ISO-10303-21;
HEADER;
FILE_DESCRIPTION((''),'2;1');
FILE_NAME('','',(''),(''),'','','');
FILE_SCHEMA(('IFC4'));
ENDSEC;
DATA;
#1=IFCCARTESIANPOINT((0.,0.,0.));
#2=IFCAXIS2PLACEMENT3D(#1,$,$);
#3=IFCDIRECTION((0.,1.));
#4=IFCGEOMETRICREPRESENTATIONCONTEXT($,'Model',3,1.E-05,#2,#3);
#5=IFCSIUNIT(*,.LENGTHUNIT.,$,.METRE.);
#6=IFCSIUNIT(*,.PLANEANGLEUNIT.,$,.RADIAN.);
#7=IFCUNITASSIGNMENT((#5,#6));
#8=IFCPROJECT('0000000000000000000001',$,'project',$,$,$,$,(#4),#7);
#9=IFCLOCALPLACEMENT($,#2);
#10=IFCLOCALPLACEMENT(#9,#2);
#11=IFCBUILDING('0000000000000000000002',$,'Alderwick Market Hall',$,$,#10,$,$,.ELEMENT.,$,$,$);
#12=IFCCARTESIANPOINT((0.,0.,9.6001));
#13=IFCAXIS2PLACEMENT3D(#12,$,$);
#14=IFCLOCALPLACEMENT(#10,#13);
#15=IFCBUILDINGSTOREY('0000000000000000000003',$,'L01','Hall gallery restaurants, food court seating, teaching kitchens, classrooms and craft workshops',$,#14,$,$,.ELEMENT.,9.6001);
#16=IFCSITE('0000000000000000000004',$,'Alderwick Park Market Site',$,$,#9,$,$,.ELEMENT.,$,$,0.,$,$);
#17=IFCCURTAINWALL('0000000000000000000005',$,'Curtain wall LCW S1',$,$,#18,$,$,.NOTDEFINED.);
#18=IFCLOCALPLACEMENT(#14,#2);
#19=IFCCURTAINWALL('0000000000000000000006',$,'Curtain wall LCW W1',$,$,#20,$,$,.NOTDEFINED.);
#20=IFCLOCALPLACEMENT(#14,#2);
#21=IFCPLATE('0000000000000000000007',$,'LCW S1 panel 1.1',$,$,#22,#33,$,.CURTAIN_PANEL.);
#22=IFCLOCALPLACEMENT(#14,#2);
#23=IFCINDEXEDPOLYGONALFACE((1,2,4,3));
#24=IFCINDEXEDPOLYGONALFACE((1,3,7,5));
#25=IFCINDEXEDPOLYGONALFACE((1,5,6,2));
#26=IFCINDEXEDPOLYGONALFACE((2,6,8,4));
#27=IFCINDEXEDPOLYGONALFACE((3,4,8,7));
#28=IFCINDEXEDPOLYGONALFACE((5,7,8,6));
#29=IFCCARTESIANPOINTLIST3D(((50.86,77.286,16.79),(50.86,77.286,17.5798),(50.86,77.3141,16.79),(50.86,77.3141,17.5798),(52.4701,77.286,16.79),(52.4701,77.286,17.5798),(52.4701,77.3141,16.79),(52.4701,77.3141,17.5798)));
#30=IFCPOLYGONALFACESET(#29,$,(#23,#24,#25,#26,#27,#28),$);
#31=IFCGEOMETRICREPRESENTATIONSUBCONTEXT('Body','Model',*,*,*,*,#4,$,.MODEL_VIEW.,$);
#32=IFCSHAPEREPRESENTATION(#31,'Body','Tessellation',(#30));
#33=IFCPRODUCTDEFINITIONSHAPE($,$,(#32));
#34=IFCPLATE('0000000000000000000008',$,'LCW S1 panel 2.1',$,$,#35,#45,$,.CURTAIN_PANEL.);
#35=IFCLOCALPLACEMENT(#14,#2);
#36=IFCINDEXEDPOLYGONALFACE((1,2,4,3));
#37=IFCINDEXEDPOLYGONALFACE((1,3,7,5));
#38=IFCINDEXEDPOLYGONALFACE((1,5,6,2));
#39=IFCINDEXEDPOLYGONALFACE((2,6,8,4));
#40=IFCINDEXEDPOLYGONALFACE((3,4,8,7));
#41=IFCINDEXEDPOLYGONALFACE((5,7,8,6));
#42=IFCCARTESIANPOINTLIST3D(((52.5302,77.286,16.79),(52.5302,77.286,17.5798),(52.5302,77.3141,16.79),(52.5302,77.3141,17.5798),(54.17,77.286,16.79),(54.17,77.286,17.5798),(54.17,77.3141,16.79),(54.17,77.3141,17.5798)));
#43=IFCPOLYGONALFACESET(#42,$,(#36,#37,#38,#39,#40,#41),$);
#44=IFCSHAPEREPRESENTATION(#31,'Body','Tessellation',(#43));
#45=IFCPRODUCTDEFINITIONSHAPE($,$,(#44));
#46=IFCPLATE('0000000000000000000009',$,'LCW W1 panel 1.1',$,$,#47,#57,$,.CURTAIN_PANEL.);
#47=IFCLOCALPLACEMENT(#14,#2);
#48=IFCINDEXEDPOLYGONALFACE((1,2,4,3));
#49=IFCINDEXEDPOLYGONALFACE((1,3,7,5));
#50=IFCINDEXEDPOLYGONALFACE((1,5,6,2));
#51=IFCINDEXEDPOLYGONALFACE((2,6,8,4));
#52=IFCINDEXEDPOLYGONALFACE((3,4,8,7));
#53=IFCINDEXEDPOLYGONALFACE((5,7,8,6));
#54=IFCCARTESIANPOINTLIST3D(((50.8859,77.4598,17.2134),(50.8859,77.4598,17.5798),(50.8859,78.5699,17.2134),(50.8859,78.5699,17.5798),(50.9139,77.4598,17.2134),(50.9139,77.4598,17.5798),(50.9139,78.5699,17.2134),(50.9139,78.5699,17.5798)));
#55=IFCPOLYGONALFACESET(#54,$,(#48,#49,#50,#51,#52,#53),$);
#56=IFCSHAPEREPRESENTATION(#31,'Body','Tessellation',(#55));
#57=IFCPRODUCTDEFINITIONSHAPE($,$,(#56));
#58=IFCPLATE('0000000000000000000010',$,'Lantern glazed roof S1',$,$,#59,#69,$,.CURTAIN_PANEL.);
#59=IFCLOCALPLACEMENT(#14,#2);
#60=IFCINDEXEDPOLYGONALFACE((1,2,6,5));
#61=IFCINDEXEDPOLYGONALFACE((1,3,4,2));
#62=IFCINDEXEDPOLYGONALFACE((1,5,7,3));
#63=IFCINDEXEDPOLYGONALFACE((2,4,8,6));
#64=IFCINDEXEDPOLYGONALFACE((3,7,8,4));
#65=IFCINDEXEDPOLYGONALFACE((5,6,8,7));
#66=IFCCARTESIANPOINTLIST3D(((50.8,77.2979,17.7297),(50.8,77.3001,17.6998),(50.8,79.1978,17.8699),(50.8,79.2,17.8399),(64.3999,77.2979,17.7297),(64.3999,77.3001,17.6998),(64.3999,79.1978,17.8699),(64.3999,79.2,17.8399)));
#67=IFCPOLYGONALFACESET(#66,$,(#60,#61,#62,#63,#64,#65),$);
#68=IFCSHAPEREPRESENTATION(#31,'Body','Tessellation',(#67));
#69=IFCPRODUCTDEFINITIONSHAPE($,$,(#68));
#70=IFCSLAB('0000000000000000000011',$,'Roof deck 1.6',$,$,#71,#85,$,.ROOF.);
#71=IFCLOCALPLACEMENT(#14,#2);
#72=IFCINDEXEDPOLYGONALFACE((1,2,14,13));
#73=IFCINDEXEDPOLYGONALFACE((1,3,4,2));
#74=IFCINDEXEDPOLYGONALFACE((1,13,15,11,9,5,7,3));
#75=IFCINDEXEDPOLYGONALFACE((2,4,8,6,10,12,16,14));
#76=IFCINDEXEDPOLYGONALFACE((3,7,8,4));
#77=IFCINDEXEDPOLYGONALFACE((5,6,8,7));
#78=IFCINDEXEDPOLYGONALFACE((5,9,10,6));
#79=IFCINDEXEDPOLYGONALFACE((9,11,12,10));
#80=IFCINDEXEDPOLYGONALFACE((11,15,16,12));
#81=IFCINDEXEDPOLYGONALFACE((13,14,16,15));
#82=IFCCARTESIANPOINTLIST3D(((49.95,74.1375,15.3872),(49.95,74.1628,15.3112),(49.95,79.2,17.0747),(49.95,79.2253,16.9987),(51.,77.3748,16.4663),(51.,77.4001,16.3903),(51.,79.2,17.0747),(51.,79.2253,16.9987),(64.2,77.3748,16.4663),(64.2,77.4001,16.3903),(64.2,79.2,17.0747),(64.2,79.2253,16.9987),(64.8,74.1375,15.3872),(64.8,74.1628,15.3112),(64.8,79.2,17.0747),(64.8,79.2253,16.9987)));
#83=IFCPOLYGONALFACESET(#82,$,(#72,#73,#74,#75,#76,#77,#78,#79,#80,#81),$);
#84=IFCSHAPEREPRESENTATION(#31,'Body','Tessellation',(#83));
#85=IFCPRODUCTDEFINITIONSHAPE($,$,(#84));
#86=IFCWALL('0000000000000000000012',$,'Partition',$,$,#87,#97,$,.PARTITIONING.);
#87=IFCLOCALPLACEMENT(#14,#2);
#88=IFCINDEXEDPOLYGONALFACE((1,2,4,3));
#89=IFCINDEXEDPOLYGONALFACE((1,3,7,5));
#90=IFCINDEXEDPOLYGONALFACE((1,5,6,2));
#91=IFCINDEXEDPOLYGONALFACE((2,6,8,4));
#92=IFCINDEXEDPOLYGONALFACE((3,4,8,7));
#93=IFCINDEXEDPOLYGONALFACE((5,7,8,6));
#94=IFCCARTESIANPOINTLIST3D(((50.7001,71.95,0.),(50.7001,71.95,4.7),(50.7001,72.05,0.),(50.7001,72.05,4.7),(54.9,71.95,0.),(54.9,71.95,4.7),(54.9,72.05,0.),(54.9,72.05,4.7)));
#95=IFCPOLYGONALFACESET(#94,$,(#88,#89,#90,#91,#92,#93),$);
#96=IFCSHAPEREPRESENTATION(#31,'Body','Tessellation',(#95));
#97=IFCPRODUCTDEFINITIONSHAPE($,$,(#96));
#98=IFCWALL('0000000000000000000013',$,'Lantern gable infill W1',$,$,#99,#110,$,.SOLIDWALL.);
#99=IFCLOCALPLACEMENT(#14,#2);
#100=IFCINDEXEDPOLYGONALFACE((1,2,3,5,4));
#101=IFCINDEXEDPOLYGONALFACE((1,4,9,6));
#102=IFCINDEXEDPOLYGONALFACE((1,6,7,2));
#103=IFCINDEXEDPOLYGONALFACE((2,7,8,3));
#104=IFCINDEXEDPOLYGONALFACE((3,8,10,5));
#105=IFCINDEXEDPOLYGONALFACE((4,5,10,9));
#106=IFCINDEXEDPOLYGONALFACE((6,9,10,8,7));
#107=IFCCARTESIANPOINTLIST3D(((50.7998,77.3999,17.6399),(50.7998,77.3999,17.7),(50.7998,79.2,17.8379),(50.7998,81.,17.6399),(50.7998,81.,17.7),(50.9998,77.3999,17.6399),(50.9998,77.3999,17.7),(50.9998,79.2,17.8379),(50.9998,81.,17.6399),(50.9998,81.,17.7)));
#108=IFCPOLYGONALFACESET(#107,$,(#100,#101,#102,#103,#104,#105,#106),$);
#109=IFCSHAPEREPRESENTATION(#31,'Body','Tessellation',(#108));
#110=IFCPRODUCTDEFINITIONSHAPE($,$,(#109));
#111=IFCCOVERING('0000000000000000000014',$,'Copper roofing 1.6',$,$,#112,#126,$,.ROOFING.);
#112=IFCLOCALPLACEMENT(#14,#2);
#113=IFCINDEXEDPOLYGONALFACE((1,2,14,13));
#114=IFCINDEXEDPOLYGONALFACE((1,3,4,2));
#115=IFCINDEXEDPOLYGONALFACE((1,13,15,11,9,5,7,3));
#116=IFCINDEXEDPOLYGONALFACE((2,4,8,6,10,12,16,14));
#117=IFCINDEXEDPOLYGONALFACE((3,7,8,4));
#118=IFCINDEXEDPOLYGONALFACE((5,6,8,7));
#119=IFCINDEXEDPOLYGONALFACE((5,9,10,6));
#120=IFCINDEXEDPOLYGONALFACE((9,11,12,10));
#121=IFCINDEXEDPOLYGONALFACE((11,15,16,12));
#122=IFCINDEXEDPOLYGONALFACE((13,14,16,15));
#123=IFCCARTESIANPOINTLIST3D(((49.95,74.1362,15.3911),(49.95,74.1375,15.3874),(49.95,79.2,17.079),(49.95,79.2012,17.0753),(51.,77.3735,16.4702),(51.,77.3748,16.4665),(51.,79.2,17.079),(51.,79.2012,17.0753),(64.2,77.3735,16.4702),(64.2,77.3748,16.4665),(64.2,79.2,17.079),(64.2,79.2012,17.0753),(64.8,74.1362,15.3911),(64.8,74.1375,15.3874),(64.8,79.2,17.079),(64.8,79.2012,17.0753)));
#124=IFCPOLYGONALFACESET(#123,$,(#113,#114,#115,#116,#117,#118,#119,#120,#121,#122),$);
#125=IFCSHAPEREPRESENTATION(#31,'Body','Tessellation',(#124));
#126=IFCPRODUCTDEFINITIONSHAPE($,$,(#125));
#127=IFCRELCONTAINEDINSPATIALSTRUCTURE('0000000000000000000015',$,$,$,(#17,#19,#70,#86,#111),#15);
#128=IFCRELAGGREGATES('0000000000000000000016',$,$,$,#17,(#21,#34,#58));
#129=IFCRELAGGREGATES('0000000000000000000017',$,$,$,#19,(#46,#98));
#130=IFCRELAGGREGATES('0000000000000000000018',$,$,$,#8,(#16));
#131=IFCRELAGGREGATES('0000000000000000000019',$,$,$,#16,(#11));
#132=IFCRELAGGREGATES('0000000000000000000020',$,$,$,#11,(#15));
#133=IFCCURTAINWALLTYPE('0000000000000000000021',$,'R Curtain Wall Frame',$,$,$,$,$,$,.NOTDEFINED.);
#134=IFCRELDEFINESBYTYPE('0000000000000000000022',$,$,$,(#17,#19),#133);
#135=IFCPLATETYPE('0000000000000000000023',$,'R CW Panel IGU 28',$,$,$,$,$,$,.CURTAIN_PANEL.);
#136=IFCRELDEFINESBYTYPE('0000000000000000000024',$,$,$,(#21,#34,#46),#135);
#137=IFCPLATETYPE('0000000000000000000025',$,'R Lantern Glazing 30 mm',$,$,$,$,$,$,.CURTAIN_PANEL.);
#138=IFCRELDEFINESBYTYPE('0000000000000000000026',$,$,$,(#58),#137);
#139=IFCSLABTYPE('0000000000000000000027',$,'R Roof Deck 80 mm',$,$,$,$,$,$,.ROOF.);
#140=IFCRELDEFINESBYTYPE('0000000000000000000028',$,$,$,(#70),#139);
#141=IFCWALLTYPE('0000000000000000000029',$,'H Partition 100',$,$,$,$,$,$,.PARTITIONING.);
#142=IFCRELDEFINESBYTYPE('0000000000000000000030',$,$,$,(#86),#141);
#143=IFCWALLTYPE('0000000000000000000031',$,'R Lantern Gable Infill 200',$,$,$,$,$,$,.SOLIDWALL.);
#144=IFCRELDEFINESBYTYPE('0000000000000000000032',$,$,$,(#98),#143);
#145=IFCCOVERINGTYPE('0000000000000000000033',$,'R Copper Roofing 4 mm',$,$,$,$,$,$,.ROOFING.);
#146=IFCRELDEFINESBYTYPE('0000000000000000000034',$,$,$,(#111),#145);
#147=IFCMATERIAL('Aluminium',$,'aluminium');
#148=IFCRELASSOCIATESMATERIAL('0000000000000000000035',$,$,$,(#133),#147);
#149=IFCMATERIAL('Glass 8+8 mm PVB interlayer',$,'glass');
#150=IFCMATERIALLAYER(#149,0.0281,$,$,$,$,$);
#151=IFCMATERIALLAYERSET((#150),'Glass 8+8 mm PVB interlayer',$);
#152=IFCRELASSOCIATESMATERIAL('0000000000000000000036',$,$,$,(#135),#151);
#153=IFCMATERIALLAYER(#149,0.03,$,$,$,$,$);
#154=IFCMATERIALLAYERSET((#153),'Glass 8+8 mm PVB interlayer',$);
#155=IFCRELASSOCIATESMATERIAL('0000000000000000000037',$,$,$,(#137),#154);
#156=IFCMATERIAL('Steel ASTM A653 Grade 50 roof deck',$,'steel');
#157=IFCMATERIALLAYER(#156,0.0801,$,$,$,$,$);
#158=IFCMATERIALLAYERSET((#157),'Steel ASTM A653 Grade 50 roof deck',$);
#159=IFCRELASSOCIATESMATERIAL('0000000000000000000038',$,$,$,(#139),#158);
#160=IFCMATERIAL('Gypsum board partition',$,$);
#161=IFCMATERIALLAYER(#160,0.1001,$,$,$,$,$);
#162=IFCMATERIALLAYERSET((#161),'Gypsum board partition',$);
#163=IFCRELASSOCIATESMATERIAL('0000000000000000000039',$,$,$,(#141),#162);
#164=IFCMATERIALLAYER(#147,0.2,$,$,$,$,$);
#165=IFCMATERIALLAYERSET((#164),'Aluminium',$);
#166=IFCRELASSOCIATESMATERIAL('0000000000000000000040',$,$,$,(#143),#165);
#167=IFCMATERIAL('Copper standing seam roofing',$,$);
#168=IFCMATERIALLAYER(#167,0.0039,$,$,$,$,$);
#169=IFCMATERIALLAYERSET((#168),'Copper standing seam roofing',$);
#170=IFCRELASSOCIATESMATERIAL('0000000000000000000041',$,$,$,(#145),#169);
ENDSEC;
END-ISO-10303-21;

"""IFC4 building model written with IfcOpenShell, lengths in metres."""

from ifc_helpers import new_model, si_unit, direction, frame, frame_2d, origin, origin_2d, place, context, subcontext, project, spatial, polyline, rectangle, outline, extrude, material, layer, layer_set, type_object, element, aggregate, save


model = new_model("IFC4")

# Units and contexts
model_context = context("Model", 3, precision=1e-05, world=origin(), true_north=direction((0.0, 1.0)))
body_context = subcontext(model_context, "Body", "Model", "MODEL_VIEW")
ifc_project = project(units=[si_unit("LENGTHUNIT", "METRE"), si_unit("PLANEANGLEUNIT", "RADIAN")], contexts=[model_context])

# Site, building, storey
site_placement = place(None, origin())
site = spatial("IfcSite", under=ifc_project, at=site_placement, Name="Alderwick Park Market Site", CompositionType="ELEMENT", RefElevation=0.0)
building_placement = place(site_placement, origin())
building = spatial("IfcBuilding", under=site, at=building_placement, Name="Alderwick Market Hall", CompositionType="ELEMENT")
storey_placement = place(building_placement, frame((0.0, 0.0, 9.6001)))
storey = spatial("IfcBuildingStorey", under=building, at=storey_placement, Name="L01", Description="Hall gallery restaurants, food court seating, teaching kitchens, classrooms and craft workshops", CompositionType="ELEMENT", Elevation=9.6001)

# Curtain wall
ifc_material_1 = material(Name="Aluminium", Category="aluminium")
curtain_wall_type = type_object("IfcCurtainWallType", Name="R Curtain Wall Frame", PredefinedType="NOTDEFINED", material=ifc_material_1)
curtain_wall_1_placement = place(storey_placement, origin())
curtain_wall_1 = element("IfcCurtainWall", 1, at=curtain_wall_1_placement, inside=storey, type_object=curtain_wall_type, Name="Curtain wall LCW S1", PredefinedType="NOTDEFINED")

# Curtain wall
curtain_wall_2_placement = place(storey_placement, origin())
curtain_wall_2 = element("IfcCurtainWall", 2, at=curtain_wall_2_placement, inside=storey, type_object=curtain_wall_type, Name="Curtain wall LCW W1", PredefinedType="NOTDEFINED")

# Plates
ifc_material_2 = material(Name="Glass 8+8 mm PVB interlayer", Category="glass")
ifc_layer_1 = layer(ifc_material_2, 0.0281)
ifc_layer_set_1 = layer_set([ifc_layer_1], Name="Glass 8+8 mm PVB interlayer")
plate_type_1 = type_object("IfcPlateType", Name="R CW Panel IGU 28", PredefinedType="CURTAIN_PANEL", material=ifc_layer_set_1)
plate_1_placement = place(storey_placement, frame((51.665, 77.3, 16.79), z_axis=(0.0, 0.0, 1.0), x_axis=(1.0, 0.0, 0.0)))
plate_1 = element("IfcPlate", 3, at=plate_1_placement, type_object=plate_type_1, Name="LCW S1 panel 1.1", PredefinedType="CURTAIN_PANEL", context=body_context, shape_type="SweptSolid", body=[
    extrude(rectangle(XDim=1.6101, YDim=0.0281, at=origin_2d()), origin(), (0.0, 0.0, 1.0), 0.7898),
])
plate_2_placement = place(storey_placement, frame((53.3501, 77.3, 16.79), z_axis=(0.0, 0.0, 1.0), x_axis=(1.0, 0.0, 0.0)))
plate_2 = element("IfcPlate", 4, at=plate_2_placement, type_object=plate_type_1, Name="LCW S1 panel 2.1", PredefinedType="CURTAIN_PANEL", context=body_context, shape_type="SweptSolid", body=[
    extrude(rectangle(XDim=1.6399, YDim=0.0281, at=origin_2d()), origin(), (0.0, 0.0, 1.0), 0.7898),
])
plate_3_placement = place(storey_placement, frame((50.8999, 78.0149, 17.2134), z_axis=(0.0, 0.0, 1.0), x_axis=(1.0, 0.0, 0.0)))
plate_3 = element("IfcPlate", 5, at=plate_3_placement, type_object=plate_type_1, Name="LCW W1 panel 1.1", PredefinedType="CURTAIN_PANEL", context=body_context, shape_type="SweptSolid", body=[
    extrude(rectangle(XDim=0.0281, YDim=1.1101, at=origin_2d()), origin(), (0.0, 0.0, 1.0), 0.3665),
])
ifc_layer_2 = layer(ifc_material_2, 0.03)
ifc_layer_set_2 = layer_set([ifc_layer_2], Name="Glass 8+8 mm PVB interlayer")
plate_type_2 = type_object("IfcPlateType", Name="R Lantern Glazing 30 mm", PredefinedType="CURTAIN_PANEL", material=ifc_layer_set_2)
plate_4_placement = place(storey_placement, frame((50.8, 77.2979, 17.7297), z_axis=(0.0, -0.07356, 0.997291), x_axis=(1.0, 0.0, 0.0)))
plate_4 = element("IfcPlate", 6, at=plate_4_placement, type_object=plate_type_2, Name="Lantern glazed roof S1", PredefinedType="CURTAIN_PANEL", context=body_context, shape_type="SweptSolid", body=[
    extrude(outline(polyline([(0.0, 0.0), (13.5999, 0.0), (13.5999, 1.9051), (0.0, 1.9051), (0.0, 0.0)])), origin(), (0.0, 0.0, -1.0), 0.03),
])
aggregate(curtain_wall_1, [plate_1, plate_2, plate_4])

# Slab
ifc_material_3 = material(Name="Steel ASTM A653 Grade 50 roof deck", Category="steel")
ifc_layer_3 = layer(ifc_material_3, 0.0801)
ifc_layer_set_3 = layer_set([ifc_layer_3], Name="Steel ASTM A653 Grade 50 roof deck")
slab_type = type_object("IfcSlabType", Name="R Roof Deck 80 mm", PredefinedType="ROOF", material=ifc_layer_set_3)
slab_placement = place(storey_placement, frame((49.95, 74.1375, 15.3872), z_axis=(0.0, -0.316228, 0.948683), x_axis=(1.0, 0.0, 0.0)))
element("IfcSlab", 7, at=slab_placement, inside=storey, type_object=slab_type, Name="Roof deck 1.6", PredefinedType="ROOF", context=body_context, shape_type="SweptSolid", body=[
    extrude(outline(polyline([(0.0, 0.0), (14.8501, 0.0), (14.8501, 5.3363), (14.25, 5.3363), (14.25, 3.4124), (1.05, 3.4124), (1.05, 5.3363), (0.0, 5.3363), (0.0, 0.0)])), origin(), (0.0, 0.0, -1.0), 0.0801),
])

# Walls
ifc_material_4 = material(Name="Gypsum board partition")
ifc_layer_4 = layer(ifc_material_4, 0.1001)
ifc_layer_set_4 = layer_set([ifc_layer_4], Name="Gypsum board partition")
wall_type_1 = type_object("IfcWallType", Name="H Partition 100", PredefinedType="PARTITIONING", material=ifc_layer_set_4)
wall_1_placement = place(storey_placement, frame((50.7, 72.0, 0.0), z_axis=(0.0, 0.0, 1.0), x_axis=(1.0, 0.0, 0.0)))
element("IfcWall", 8, at=wall_1_placement, inside=storey, type_object=wall_type_1, Name="Partition", PredefinedType="PARTITIONING", context=body_context, shape_type="SweptSolid", body=[
    extrude(rectangle(XDim=4.2, YDim=0.1001, at=frame_2d((2.1001, 0.0))), origin(), (0.0, 0.0, 1.0), 4.7),
])
ifc_layer_5 = layer(ifc_material_1, 0.2)
ifc_layer_set_5 = layer_set([ifc_layer_5], Name="Aluminium")
wall_type_2 = type_object("IfcWallType", Name="R Lantern Gable Infill 200", PredefinedType="SOLIDWALL", material=ifc_layer_set_5)
wall_2_placement = place(storey_placement, frame((50.8999, 77.3999, 17.6399), z_axis=(0.0, 0.0, 1.0), x_axis=(0.0, 1.0, 0.0)))
wall_2 = element("IfcWall", 9, at=wall_2_placement, type_object=wall_type_2, Name="Lantern gable infill W1", PredefinedType="SOLIDWALL", context=body_context, shape_type="SweptSolid", body=[
    extrude(outline(polyline([(0.0, 0.0), (3.6001, 0.0), (3.6001, 0.0601), (1.8, 0.198), (0.0, 0.0601), (0.0, 0.0)])), frame((0.0, 0.1001, 0.0), z_axis=(0.0, -1.0, 0.0), x_axis=(1.0, 0.0, 0.0)), (0.0, 0.0, 1.0), 0.2),
])
aggregate(curtain_wall_2, [plate_3, wall_2])

# Covering
ifc_material_5 = material(Name="Copper standing seam roofing")
ifc_layer_6 = layer(ifc_material_5, 0.0039)
ifc_layer_set_6 = layer_set([ifc_layer_6], Name="Copper standing seam roofing")
covering_type = type_object("IfcCoveringType", Name="R Copper Roofing 4 mm", PredefinedType="ROOFING", material=ifc_layer_set_6)
covering_placement = place(storey_placement, frame((49.95, 74.1362, 15.3911), z_axis=(0.0, -0.31623, 0.948683), x_axis=(1.0, 0.0, 0.0)))
element("IfcCovering", 10, at=covering_placement, inside=storey, type_object=covering_type, Name="Copper roofing 1.6", PredefinedType="ROOFING", context=body_context, shape_type="SweptSolid", body=[
    extrude(outline(polyline([(0.0, 0.0), (14.8501, 0.0), (14.8501, 5.3377), (14.25, 5.3377), (14.25, 3.4124), (1.05, 3.4124), (1.05, 5.3377), (0.0, 5.3377), (0.0, 0.0)])), origin(), (0.0, 0.0, -1.0), 0.0039),
])

save(model, "model.ifc")
